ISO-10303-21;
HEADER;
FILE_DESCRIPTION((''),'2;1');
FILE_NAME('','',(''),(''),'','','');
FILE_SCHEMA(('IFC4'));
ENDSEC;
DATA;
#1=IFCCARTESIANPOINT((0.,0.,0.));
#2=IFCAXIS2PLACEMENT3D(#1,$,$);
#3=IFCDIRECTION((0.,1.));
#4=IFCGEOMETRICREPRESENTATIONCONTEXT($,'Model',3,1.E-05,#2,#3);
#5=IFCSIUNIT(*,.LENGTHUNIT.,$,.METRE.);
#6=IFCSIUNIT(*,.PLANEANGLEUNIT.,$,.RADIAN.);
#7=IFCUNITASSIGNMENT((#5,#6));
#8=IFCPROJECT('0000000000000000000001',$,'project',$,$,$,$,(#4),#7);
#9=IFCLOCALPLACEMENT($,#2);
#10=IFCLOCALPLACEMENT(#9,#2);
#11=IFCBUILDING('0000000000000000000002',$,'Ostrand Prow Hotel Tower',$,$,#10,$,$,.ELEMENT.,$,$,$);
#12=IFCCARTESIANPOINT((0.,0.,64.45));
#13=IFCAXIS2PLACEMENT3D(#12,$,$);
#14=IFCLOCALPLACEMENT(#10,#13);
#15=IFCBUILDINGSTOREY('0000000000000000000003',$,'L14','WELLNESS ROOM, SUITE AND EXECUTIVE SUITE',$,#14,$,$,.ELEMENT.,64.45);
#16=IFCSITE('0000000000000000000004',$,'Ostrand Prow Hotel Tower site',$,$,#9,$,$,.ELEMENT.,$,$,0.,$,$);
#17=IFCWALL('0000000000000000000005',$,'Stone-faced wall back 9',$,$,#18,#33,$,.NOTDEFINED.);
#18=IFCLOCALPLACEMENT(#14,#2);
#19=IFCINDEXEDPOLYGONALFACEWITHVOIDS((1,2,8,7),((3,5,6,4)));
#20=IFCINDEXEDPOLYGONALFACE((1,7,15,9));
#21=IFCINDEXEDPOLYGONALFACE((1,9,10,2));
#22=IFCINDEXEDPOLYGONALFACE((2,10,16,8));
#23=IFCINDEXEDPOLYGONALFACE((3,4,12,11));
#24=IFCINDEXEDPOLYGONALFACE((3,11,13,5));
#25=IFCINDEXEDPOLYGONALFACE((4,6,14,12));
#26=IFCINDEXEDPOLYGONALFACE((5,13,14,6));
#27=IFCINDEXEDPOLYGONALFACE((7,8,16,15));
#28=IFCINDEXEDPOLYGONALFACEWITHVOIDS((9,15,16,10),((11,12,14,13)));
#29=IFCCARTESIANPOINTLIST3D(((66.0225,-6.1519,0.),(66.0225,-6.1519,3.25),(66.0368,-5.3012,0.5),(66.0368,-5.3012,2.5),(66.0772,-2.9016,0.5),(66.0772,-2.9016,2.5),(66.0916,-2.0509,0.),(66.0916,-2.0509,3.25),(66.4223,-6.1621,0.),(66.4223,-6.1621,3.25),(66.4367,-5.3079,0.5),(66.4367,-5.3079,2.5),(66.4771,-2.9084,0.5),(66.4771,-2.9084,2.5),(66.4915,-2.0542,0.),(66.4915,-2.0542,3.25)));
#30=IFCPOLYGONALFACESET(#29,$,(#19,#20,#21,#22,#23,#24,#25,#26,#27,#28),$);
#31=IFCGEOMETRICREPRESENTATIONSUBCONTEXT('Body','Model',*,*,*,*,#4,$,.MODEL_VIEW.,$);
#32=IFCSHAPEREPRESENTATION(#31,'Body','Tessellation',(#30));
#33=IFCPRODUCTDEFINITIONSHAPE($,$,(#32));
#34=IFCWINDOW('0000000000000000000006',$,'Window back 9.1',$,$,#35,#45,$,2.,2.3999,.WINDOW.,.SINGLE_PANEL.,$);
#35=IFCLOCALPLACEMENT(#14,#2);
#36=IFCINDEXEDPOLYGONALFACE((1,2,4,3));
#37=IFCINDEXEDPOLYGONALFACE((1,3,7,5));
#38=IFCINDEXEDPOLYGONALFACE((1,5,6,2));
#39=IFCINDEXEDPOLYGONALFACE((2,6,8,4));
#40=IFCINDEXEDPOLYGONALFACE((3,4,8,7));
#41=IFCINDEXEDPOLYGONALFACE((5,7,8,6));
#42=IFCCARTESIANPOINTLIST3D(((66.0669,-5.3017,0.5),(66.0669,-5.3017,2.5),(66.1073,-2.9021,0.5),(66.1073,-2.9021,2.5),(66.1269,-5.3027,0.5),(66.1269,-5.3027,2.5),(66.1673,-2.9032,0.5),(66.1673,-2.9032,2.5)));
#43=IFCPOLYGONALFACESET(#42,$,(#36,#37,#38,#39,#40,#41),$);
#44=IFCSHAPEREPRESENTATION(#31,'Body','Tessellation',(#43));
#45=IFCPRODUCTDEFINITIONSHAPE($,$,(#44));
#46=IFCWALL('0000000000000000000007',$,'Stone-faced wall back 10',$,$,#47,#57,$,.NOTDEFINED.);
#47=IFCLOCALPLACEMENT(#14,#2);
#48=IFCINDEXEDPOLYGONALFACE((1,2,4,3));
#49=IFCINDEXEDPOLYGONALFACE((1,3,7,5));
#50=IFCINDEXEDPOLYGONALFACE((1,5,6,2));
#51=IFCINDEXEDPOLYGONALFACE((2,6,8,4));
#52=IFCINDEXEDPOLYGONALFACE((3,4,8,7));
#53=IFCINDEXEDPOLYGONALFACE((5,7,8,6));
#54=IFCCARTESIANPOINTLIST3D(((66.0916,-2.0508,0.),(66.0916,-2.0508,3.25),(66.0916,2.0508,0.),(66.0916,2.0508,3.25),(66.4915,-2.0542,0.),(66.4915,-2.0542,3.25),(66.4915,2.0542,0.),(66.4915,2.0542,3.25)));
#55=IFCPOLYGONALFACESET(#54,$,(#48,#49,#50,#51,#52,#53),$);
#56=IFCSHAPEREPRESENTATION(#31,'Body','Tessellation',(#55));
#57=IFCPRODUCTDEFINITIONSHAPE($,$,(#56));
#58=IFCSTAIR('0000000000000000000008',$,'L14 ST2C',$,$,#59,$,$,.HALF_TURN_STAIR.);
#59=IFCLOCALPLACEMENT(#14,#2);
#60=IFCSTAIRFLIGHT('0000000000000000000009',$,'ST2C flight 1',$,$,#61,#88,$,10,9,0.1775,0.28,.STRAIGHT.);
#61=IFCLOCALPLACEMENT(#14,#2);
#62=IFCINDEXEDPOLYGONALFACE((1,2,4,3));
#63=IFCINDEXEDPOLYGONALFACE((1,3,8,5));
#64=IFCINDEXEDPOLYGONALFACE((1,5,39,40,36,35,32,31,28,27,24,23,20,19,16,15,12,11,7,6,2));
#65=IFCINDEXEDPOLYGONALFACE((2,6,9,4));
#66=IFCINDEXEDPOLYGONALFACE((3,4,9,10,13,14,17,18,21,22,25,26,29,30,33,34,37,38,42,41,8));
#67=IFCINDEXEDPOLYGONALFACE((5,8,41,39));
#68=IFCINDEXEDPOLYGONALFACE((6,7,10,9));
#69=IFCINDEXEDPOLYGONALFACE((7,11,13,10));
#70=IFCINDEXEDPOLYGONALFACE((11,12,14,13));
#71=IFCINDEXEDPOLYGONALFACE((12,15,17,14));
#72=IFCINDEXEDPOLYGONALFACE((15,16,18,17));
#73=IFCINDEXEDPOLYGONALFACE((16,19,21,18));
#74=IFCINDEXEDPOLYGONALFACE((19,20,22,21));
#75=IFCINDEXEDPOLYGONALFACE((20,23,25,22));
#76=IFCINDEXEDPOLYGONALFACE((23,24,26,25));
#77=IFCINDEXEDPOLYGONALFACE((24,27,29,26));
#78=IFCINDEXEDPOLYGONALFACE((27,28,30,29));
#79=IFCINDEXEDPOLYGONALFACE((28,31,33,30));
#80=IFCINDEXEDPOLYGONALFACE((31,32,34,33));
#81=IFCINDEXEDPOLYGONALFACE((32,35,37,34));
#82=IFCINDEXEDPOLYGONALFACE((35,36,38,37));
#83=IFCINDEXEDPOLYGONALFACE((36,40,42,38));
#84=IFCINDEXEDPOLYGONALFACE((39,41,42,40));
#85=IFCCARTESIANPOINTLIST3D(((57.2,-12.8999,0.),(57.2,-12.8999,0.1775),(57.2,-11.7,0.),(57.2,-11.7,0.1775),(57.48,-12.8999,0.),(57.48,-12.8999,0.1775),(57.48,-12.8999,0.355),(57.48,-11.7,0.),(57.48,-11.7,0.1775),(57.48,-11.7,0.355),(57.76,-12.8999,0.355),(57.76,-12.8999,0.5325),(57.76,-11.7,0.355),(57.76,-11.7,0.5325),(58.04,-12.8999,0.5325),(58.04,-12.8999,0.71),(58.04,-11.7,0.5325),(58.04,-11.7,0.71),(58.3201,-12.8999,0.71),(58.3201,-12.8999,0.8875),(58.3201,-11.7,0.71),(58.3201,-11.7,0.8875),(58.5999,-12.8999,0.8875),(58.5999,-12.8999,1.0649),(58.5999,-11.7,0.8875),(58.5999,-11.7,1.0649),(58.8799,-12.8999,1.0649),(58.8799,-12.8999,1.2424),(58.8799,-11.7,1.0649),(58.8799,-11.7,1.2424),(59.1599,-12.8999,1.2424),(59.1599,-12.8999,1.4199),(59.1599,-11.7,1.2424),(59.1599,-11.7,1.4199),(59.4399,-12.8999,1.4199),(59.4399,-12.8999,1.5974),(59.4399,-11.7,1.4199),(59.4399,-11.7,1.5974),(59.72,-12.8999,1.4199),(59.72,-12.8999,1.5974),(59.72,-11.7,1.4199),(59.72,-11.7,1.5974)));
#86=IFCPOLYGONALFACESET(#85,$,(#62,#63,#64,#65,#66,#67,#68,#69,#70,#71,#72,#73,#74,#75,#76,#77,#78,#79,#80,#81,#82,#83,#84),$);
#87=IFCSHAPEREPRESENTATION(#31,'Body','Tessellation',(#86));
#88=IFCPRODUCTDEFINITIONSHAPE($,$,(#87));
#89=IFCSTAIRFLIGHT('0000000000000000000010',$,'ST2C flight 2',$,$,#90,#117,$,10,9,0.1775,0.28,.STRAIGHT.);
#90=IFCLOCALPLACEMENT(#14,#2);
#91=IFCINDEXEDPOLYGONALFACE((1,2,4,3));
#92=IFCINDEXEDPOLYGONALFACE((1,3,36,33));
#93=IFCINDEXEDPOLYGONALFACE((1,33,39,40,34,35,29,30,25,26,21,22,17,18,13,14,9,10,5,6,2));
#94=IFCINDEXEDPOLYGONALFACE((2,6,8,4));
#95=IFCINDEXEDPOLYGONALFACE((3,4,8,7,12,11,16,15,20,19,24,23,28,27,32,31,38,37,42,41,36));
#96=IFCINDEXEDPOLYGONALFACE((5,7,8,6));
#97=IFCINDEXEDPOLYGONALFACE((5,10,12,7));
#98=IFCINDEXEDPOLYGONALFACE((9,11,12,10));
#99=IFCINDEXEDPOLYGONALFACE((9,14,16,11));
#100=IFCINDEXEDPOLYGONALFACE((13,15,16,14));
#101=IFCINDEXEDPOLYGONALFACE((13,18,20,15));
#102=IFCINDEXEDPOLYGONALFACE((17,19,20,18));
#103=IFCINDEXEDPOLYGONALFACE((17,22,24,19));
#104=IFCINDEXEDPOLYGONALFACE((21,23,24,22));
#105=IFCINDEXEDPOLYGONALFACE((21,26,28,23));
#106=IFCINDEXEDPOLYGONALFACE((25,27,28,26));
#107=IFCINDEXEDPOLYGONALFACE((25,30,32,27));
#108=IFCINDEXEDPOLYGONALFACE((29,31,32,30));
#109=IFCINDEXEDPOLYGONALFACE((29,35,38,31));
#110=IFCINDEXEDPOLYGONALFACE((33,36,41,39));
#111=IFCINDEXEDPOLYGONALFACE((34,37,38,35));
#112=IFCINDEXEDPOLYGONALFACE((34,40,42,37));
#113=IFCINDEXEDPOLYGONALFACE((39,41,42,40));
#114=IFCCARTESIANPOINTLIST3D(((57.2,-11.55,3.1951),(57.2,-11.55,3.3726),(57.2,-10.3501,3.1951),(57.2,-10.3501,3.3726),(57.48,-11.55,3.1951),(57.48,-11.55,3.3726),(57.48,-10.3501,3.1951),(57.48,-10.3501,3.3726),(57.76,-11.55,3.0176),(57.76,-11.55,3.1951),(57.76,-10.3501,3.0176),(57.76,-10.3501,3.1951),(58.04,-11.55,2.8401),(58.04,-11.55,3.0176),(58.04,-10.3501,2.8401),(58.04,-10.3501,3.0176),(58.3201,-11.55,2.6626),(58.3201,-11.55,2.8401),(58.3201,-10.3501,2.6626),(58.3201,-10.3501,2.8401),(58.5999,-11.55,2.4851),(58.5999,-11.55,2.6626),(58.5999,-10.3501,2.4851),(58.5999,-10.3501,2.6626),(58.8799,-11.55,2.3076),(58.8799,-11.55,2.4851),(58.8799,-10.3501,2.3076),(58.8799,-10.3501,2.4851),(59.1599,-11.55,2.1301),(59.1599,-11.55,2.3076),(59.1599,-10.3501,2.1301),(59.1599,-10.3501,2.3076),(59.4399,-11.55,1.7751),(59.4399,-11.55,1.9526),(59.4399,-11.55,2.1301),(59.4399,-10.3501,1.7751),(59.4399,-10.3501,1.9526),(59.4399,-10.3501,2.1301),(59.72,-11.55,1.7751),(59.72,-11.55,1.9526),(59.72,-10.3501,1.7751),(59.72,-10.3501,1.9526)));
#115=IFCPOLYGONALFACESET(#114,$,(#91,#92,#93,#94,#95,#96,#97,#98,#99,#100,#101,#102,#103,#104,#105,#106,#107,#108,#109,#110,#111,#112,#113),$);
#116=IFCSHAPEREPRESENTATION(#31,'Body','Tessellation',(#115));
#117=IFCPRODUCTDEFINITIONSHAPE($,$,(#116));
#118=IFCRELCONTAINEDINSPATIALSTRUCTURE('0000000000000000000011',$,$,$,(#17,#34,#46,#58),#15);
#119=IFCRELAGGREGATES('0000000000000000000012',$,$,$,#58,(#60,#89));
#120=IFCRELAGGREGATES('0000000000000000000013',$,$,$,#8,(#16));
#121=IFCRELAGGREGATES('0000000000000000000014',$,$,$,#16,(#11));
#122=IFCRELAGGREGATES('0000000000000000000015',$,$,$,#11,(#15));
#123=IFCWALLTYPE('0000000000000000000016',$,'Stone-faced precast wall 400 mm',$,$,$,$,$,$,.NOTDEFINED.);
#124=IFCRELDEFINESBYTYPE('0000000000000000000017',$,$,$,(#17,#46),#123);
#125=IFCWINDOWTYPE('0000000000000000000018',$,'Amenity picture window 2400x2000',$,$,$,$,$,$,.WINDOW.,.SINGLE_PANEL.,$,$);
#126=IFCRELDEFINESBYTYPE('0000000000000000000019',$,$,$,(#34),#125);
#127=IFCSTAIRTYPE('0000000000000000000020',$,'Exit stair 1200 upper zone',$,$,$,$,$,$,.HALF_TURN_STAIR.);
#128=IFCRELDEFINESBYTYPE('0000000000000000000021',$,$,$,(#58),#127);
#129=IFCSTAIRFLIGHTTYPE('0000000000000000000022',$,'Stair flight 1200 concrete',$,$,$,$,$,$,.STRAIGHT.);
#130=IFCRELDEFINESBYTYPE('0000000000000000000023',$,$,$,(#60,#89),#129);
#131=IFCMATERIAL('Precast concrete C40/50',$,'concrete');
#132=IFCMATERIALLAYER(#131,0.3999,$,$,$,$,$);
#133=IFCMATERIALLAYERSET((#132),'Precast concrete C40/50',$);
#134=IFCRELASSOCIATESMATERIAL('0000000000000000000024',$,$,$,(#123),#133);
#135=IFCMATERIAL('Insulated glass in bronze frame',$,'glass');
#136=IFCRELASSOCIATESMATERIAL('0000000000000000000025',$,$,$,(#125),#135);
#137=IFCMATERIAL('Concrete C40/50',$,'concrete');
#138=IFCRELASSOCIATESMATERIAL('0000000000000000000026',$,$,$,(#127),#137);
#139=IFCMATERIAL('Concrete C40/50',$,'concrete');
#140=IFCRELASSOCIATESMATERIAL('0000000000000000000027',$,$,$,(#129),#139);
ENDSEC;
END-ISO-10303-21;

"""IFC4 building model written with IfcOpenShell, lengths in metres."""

from ifc_helpers import new_model, si_unit, direction, frame, frame_2d, origin, place, context, subcontext, project, spatial, polyline, rectangle, outline, extrude, material, layer, layer_set, type_object, element, fill, aggregate, save


model = new_model("IFC4")

# Units and contexts
model_context = context("Model", 3, precision=1e-05, world=origin(), true_north=direction((0.0, 1.0)))
body_context = subcontext(model_context, "Body", "Model", "MODEL_VIEW")
ifc_project = project(units=[si_unit("LENGTHUNIT", "METRE"), si_unit("PLANEANGLEUNIT", "RADIAN")], contexts=[model_context])

# Site, building, storey
site_placement = place(None, origin())
site = spatial("IfcSite", under=ifc_project, at=site_placement, Name="Ostrand Prow Hotel Tower site", CompositionType="ELEMENT", RefElevation=0.0)
building_placement = place(site_placement, origin())
building = spatial("IfcBuilding", under=site, at=building_placement, Name="Ostrand Prow Hotel Tower", CompositionType="ELEMENT")
storey_placement = place(building_placement, frame((0.0, 0.0, 64.45)))
storey = spatial("IfcBuildingStorey", under=building, at=storey_placement, Name="L14", Description="WELLNESS ROOM, SUITE AND EXECUTIVE SUITE", CompositionType="ELEMENT", Elevation=64.45)

# Shared definitions
ifc_material_1 = material(Name="Precast concrete C40/50", Category="concrete")
ifc_layer_1 = layer(ifc_material_1, 0.3999)
ifc_layer_set_1 = layer_set([ifc_layer_1], Name="Precast concrete C40/50")
wall_type_1 = type_object("IfcWallType", Name="Stone-faced precast wall 400 mm", PredefinedType="NOTDEFINED", material=ifc_layer_set_1)
ifc_material_2 = material(Name="Insulated glass in bronze frame", Category="glass")
window_type = type_object("IfcWindowType", Name="Amenity picture window 2400x2000", PartitioningType="SINGLE_PANEL", PredefinedType="WINDOW", material=ifc_material_2)

# Wall, opening, window
wall_1_placement = place(storey_placement, frame((66.2224, -6.157, 0.0), z_axis=(0.0, 0.0, 1.0), x_axis=(0.016831, 0.999858, 0.0)))
wall_1 = element("IfcWall", 1, at=wall_1_placement, inside=storey, type_object=wall_type_1, Name="Stone-faced wall back 9", PredefinedType="NOTDEFINED", context=body_context, shape_type="SweptSolid", body=[
    extrude(outline(polyline([(-0.0017, -0.2), (4.1067, -0.2), (4.1033, 0.2), (0.0017, 0.2), (-0.0017, -0.2)])), origin(), (0.0, 0.0, 1.0), 3.25),
])
opening_1_placement = place(wall_1_placement, frame((0.8525, 0.0, 0.5)))
opening_1 = element("IfcOpeningElement", 2, at=opening_1_placement, cuts=wall_1, PredefinedType="OPENING", context=body_context, shape_type="SweptSolid", body=[
    extrude(rectangle(XDim=2.3999, YDim=2.0, at=frame_2d((1.2, 1.0))), frame((0.0, 0.21, 0.0), z_axis=(0.0, -1.0, 0.0), x_axis=(1.0, 0.0, 0.0)), (0.0, 0.0, 1.0), 0.4199),
])
window_1_placement = place(opening_1_placement, origin())
window_1 = element("IfcWindow", 3, at=window_1_placement, inside=storey, type_object=window_type, Name="Window back 9.1", OverallHeight=2.0, OverallWidth=2.3999, PartitioningType="SINGLE_PANEL", PredefinedType="WINDOW", context=body_context, shape_type="SweptSolid", body=[
    extrude(rectangle(XDim=2.3999, YDim=2.0, at=frame_2d((1.2, 1.0))), frame((0.0, 0.1699, 0.0), z_axis=(0.0, -1.0, 0.0), x_axis=(1.0, 0.0, 0.0)), (0.0, 0.0, 1.0), 0.0601),
])
fill(opening_1, window_1)

# Wall
wall_2_placement = place(storey_placement, frame((66.2915, -2.0525, 0.0), z_axis=(0.0, 0.0, 1.0), x_axis=(0.0, 1.0, 0.0)))
element("IfcWall", 4, at=wall_2_placement, inside=storey, type_object=wall_type_1, Name="Stone-faced wall back 10", PredefinedType="NOTDEFINED", context=body_context, shape_type="SweptSolid", body=[
    extrude(outline(polyline([(-0.0017, -0.2), (4.1067, -0.2), (4.1033, 0.2), (0.0017, 0.2), (-0.0017, -0.2)])), origin(), (0.0, 0.0, 1.0), 3.25),
])

# Stair, stair flights
ifc_material_3 = material(Name="Concrete C40/50", Category="concrete")
stair_type = type_object("IfcStairType", Name="Exit stair 1200 upper zone", PredefinedType="HALF_TURN_STAIR", material=ifc_material_3)
stair_placement = place(storey_placement, origin())
stair = element("IfcStair", 5, at=stair_placement, inside=storey, type_object=stair_type, Name="L14 ST2C", PredefinedType="HALF_TURN_STAIR")
ifc_material_4 = material(Name="Concrete C40/50", Category="concrete")
stair_flight_type = type_object("IfcStairFlightType", Name="Stair flight 1200 concrete", PredefinedType="STRAIGHT", material=ifc_material_4)
stair_flight_1_placement = place(storey_placement, frame((57.2, -12.3, 0.0), z_axis=(0.0, 0.0, 1.0), x_axis=(1.0, 0.0, 0.0)))
stair_flight_1 = element("IfcStairFlight", 6, at=stair_flight_1_placement, type_object=stair_flight_type, Name="ST2C flight 1", NumberOfRisers=10, NumberOfTreads=9, PredefinedType="STRAIGHT", RiserHeight=0.1775, TreadLength=0.28, context=body_context, shape_type="SweptSolid", body=[
    extrude(outline(polyline([(0.0, 0.0), (0.0, 0.1775), (0.28, 0.1775), (0.28, 0.355), (0.5601, 0.355), (0.5601, 0.5325), (0.8401, 0.5325), (0.8401, 0.71), (1.1201, 0.71), (1.1201, 0.8875), (1.3999, 0.8875), (1.3999, 1.0649), (1.6799, 1.0649), (1.6799, 1.2424), (1.96, 1.2424), (1.96, 1.4199), (2.24, 1.4199), (2.24, 1.5974), (2.52, 1.5974), (2.52, 1.7749), (2.52, 1.4199), (0.28, 0.0), (0.0, 0.0)])), frame((0.0, 0.6001, 0.0), z_axis=(0.0, -1.0, 0.0), x_axis=(1.0, 0.0, 0.0)), (0.0, 0.0, 1.0), 1.2),
])
stair_flight_2_placement = place(storey_placement, frame((59.72, -10.95, 1.7751), z_axis=(0.0, 0.0, 1.0), x_axis=(-1.0, 0.0, 0.0)))
stair_flight_2 = element("IfcStairFlight", 7, at=stair_flight_2_placement, type_object=stair_flight_type, Name="ST2C flight 2", NumberOfRisers=10, NumberOfTreads=9, PredefinedType="STRAIGHT", RiserHeight=0.1775, TreadLength=0.28, context=body_context, shape_type="SweptSolid", body=[
    extrude(outline(polyline([(0.0, 0.0), (0.0, 0.1775), (0.28, 0.1775), (0.28, 0.355), (0.5601, 0.355), (0.5601, 0.5325), (0.8401, 0.5325), (0.8401, 0.71), (1.1201, 0.71), (1.1201, 0.8875), (1.3999, 0.8875), (1.3999, 1.0649), (1.6799, 1.0649), (1.6799, 1.2424), (1.96, 1.2424), (1.96, 1.4199), (2.24, 1.4199), (2.24, 1.5974), (2.52, 1.5974), (2.52, 1.7749), (2.52, 1.4199), (0.28, 0.0), (0.0, 0.0)])), frame((0.0, 0.6001, 0.0), z_axis=(0.0, -1.0, 0.0), x_axis=(1.0, 0.0, 0.0)), (0.0, 0.0, 1.0), 1.2),
])
aggregate(stair, [stair_flight_1, stair_flight_2])

save(model, "model.ifc")
